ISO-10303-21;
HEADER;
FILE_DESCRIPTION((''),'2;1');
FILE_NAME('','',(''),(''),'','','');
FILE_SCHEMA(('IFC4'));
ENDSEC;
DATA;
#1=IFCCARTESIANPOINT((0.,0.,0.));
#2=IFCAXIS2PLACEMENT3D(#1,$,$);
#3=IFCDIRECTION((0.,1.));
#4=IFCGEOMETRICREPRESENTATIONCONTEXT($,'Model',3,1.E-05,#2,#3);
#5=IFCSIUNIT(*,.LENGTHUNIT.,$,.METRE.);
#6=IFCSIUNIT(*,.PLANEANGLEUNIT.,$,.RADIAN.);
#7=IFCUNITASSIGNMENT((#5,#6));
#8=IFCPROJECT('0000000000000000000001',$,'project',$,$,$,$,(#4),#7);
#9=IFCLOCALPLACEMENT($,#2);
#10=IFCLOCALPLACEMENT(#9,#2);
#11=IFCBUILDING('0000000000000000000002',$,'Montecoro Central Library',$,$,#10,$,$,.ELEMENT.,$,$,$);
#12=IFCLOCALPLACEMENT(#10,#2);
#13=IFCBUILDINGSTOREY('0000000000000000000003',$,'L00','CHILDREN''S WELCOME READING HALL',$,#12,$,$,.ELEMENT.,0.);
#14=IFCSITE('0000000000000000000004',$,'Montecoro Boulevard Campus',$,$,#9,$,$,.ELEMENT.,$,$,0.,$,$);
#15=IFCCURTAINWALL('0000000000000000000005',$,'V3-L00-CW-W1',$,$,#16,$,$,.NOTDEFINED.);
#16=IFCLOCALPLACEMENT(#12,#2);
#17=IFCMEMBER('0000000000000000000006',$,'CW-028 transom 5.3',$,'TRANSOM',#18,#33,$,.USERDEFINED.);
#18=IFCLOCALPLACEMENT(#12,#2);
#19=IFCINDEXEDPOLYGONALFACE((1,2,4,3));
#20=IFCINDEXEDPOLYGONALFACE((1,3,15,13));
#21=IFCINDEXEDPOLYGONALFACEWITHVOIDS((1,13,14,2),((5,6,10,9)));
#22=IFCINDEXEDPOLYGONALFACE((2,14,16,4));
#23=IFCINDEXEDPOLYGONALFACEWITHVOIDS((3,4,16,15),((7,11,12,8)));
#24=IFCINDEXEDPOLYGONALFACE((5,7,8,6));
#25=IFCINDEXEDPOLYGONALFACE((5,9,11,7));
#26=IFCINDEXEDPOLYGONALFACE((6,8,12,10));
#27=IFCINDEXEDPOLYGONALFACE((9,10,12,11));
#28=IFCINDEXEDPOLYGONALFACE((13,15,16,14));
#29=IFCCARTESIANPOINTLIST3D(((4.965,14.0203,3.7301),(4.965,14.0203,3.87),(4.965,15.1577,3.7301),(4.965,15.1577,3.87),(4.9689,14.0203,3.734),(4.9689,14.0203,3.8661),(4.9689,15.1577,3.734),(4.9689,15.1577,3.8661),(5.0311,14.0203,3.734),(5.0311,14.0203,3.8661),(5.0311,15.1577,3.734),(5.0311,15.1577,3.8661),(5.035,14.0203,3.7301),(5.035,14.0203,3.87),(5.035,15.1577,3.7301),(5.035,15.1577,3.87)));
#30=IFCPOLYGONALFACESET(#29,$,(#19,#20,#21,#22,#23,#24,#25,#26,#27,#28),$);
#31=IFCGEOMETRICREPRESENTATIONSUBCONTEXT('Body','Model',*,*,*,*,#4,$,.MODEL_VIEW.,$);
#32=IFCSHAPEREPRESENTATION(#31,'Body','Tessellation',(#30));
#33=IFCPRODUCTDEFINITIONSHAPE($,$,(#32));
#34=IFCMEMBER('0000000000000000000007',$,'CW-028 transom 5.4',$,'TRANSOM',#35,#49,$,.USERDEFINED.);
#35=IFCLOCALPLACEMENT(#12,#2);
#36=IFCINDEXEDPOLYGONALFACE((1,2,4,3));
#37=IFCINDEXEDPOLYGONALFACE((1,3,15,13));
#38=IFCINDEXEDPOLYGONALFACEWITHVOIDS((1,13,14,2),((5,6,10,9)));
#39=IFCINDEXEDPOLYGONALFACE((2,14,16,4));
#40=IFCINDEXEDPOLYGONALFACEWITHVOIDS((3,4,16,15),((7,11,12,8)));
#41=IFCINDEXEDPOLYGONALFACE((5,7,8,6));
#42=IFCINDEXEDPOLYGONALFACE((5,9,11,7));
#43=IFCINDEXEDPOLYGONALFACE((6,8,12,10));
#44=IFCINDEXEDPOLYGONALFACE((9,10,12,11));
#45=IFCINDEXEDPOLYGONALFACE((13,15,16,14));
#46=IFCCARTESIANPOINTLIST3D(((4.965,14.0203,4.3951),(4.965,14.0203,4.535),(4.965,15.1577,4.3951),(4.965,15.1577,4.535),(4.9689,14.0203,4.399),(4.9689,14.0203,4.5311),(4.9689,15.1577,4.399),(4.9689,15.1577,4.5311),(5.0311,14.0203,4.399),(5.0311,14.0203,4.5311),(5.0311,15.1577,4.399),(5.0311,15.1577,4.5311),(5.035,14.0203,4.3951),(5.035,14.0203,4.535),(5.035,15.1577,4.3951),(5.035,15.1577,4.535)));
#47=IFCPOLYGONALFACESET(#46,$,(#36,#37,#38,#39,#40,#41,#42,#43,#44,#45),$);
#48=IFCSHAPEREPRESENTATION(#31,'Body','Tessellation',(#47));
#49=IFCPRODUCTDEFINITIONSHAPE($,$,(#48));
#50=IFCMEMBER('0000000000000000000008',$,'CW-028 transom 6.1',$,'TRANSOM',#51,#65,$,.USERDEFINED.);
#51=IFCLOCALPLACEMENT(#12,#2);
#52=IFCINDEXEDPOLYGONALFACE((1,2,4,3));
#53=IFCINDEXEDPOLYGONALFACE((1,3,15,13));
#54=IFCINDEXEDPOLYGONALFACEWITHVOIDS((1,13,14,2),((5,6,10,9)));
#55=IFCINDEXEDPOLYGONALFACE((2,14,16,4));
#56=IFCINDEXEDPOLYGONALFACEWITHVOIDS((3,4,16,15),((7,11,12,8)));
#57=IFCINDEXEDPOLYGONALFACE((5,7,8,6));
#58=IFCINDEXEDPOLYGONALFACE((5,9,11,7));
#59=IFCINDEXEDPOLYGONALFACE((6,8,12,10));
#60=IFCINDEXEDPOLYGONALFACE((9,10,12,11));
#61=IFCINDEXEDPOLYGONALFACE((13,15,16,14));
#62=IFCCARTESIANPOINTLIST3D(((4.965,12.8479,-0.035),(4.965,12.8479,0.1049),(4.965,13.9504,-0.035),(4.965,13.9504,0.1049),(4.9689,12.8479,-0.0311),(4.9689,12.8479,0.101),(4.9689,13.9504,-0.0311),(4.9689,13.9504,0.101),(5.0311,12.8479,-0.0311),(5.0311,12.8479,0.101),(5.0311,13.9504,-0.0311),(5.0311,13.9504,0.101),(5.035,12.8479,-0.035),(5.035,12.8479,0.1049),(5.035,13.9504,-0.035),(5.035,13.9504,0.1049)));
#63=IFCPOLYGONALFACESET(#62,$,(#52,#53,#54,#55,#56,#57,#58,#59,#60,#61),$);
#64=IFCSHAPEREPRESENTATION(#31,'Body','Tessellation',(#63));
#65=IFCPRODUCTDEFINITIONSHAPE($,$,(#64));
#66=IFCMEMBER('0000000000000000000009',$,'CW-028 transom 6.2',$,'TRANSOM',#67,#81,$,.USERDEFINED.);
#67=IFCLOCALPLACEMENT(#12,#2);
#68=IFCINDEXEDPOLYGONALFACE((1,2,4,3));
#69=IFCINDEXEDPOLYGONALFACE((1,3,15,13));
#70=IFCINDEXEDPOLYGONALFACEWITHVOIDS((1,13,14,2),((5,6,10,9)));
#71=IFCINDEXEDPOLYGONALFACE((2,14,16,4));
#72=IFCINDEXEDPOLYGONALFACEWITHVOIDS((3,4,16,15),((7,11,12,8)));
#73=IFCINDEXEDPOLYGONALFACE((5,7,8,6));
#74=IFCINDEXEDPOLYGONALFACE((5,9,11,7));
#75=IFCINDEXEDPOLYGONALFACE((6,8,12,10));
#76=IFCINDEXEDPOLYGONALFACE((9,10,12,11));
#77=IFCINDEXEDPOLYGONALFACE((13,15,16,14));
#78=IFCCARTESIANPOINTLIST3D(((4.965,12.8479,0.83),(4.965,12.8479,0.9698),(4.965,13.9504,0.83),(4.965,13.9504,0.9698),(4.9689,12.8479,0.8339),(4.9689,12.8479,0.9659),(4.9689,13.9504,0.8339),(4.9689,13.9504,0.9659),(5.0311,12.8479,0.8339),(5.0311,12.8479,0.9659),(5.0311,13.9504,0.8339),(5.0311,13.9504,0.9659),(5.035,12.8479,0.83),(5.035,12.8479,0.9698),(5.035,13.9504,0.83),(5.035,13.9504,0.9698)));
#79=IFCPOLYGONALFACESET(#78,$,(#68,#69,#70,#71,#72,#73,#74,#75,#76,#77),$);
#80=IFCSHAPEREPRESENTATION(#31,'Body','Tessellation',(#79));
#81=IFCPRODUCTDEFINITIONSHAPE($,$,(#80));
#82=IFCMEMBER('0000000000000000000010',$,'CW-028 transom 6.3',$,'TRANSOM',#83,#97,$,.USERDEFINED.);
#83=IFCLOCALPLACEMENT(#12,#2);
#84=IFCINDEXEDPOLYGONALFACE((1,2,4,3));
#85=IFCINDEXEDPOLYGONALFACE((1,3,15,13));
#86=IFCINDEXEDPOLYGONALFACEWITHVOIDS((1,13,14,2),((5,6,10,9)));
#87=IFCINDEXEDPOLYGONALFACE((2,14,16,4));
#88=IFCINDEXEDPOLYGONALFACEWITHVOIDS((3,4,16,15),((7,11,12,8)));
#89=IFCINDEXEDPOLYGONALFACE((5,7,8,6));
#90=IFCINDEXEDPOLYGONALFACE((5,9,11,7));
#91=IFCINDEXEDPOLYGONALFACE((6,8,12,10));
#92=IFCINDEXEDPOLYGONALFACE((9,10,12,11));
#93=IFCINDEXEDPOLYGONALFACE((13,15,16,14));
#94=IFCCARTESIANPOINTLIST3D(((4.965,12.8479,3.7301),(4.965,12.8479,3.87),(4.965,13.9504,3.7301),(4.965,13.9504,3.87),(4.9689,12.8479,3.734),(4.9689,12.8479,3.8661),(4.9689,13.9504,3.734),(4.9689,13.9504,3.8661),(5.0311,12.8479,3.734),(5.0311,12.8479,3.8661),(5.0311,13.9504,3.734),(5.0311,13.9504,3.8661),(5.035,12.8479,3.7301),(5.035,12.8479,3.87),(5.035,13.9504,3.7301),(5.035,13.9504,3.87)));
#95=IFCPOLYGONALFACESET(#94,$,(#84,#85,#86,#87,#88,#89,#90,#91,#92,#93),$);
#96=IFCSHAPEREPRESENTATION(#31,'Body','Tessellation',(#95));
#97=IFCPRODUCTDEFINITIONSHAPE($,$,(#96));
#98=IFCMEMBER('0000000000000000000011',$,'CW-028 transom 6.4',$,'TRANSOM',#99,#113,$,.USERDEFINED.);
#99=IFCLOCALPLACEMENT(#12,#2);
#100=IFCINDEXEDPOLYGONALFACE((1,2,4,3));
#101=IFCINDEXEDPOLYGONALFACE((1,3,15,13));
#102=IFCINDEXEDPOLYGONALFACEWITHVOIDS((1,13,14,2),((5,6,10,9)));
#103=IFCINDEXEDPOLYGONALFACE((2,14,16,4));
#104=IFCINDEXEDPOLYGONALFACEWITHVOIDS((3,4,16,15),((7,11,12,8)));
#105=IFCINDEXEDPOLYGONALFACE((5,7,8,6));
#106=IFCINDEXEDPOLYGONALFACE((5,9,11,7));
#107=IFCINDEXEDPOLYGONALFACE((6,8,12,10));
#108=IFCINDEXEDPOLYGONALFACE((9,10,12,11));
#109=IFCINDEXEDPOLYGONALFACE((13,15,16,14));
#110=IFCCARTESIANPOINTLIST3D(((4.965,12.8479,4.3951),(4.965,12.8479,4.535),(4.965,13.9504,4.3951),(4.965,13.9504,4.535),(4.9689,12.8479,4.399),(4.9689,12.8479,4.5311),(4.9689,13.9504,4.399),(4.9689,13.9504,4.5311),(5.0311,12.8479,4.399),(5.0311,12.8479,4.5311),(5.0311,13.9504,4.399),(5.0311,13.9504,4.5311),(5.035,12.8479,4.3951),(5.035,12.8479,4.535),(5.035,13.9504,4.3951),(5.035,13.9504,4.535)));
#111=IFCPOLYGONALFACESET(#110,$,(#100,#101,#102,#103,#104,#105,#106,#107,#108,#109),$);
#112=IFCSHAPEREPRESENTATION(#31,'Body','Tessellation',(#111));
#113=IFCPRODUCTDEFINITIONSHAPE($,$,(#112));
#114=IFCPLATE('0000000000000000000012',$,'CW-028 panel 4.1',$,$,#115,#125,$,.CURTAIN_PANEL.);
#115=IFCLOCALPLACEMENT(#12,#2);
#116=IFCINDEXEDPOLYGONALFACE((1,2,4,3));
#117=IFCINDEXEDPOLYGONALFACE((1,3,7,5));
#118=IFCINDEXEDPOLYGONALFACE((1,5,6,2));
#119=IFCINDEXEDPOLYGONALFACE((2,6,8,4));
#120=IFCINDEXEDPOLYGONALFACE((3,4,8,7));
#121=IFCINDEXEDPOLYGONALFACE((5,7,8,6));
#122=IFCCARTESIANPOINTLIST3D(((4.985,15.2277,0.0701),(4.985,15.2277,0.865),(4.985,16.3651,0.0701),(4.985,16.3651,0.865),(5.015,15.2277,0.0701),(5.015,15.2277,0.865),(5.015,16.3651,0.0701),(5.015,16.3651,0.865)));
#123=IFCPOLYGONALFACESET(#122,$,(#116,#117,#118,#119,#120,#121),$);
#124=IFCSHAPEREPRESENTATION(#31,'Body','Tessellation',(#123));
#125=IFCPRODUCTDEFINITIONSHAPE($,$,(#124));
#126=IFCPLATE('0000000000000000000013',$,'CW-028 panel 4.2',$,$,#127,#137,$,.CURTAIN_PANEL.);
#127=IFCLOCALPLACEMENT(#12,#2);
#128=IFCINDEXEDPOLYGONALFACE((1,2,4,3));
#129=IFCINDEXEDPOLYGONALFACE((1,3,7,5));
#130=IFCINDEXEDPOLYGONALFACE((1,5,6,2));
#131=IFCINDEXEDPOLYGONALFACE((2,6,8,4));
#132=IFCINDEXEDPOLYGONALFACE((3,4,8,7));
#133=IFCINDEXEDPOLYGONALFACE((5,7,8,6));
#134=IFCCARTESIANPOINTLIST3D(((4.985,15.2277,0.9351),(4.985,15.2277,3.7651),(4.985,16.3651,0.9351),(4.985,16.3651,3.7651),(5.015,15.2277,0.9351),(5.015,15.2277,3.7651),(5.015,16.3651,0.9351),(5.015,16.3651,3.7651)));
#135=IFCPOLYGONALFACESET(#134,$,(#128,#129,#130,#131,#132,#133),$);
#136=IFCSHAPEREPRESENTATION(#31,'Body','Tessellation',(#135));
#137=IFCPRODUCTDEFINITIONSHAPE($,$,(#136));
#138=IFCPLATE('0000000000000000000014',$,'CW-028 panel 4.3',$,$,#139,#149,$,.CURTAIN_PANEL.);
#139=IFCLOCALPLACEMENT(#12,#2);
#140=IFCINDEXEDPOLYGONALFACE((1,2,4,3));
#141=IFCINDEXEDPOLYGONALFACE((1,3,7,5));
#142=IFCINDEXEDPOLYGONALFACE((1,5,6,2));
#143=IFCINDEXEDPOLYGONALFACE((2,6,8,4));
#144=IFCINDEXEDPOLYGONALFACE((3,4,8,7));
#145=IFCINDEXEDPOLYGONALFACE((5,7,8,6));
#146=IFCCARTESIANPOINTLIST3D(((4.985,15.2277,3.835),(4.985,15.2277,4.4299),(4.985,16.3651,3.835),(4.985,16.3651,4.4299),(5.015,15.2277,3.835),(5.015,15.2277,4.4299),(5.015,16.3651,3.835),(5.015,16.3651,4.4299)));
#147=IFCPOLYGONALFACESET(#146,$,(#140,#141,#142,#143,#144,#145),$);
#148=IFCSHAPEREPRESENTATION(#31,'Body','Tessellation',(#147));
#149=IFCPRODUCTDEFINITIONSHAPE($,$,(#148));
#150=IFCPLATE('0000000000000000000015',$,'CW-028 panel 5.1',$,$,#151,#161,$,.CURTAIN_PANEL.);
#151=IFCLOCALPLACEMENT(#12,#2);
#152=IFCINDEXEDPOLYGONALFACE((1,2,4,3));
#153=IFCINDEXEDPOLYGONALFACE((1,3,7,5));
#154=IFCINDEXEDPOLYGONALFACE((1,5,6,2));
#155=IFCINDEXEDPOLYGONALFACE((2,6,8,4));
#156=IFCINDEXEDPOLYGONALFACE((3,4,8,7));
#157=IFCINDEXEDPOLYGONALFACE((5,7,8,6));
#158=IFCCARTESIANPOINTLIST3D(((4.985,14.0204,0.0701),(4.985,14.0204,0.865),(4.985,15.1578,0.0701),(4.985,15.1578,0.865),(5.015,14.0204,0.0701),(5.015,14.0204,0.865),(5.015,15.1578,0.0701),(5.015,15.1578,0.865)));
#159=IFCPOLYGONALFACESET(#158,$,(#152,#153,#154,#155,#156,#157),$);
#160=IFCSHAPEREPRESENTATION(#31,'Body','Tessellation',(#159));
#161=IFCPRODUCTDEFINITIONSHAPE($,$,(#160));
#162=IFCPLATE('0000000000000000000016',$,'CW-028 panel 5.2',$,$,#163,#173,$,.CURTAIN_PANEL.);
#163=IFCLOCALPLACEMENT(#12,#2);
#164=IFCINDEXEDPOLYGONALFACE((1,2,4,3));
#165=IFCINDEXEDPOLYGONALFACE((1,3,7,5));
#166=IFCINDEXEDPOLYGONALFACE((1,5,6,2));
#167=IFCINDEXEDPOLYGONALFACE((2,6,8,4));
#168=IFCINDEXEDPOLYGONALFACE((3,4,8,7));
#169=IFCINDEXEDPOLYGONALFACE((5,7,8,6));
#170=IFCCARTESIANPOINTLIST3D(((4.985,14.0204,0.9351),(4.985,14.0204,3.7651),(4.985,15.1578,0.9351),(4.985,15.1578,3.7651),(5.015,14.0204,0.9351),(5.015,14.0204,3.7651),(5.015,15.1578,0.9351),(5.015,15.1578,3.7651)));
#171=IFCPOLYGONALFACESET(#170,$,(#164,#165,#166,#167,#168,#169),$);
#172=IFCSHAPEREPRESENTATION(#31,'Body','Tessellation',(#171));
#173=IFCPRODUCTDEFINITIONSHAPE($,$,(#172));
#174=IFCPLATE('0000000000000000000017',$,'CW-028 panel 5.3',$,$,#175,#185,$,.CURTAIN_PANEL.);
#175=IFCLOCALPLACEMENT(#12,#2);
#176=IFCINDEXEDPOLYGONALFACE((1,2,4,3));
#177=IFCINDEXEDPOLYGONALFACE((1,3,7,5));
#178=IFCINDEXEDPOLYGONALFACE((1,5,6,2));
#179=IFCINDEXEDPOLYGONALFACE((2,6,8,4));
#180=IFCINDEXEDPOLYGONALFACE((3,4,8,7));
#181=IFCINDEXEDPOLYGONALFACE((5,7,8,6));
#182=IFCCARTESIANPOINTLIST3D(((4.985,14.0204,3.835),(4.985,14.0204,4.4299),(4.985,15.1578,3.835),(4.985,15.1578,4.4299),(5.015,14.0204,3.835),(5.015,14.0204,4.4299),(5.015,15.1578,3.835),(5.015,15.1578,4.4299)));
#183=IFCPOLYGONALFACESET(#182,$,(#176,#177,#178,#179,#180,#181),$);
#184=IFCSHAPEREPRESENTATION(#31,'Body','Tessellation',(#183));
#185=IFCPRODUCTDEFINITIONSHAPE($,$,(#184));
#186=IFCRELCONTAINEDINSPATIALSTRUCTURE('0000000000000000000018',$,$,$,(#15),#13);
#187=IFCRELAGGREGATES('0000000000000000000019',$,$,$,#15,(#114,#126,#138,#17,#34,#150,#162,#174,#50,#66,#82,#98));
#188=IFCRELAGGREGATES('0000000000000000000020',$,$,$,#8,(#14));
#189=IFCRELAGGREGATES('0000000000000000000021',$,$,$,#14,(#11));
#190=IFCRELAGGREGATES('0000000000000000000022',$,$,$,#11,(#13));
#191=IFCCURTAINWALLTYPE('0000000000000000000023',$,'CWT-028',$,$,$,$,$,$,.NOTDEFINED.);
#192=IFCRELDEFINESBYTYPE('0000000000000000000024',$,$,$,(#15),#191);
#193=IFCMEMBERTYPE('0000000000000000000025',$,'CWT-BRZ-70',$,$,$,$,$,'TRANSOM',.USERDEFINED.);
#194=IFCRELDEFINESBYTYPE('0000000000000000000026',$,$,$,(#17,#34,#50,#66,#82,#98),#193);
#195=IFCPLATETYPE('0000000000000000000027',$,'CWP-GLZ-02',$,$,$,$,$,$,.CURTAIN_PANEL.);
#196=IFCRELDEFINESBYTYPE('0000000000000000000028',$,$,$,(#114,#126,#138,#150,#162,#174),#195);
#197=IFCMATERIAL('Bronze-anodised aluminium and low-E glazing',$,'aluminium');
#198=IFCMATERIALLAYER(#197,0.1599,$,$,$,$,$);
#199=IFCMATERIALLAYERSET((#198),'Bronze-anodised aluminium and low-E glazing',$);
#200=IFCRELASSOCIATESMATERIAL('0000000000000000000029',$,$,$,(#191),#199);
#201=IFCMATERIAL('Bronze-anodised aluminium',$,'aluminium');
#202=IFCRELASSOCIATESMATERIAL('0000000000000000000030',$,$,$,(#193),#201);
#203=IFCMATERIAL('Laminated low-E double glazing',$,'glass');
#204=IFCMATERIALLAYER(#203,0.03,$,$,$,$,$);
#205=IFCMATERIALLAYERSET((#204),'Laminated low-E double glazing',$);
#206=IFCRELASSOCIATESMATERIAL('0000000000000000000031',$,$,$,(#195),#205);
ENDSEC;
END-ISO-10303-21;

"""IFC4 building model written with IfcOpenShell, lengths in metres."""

from ifc_helpers import new_model, si_unit, direction, frame, origin, origin_2d, place, context, subcontext, project, spatial, rectangle, hollow_rectangle, extrude, material, layer, layer_set, material_profile, profile_set, type_object, element, aggregate, save


model = new_model("IFC4")

# Units and contexts
model_context = context("Model", 3, precision=1e-05, world=origin(), true_north=direction((0.0, 1.0)))
body_context = subcontext(model_context, "Body", "Model", "MODEL_VIEW")
ifc_project = project(units=[si_unit("LENGTHUNIT", "METRE"), si_unit("PLANEANGLEUNIT", "RADIAN")], contexts=[model_context])

# Site, building, storey
site_placement = place(None, origin())
site = spatial("IfcSite", under=ifc_project, at=site_placement, Name="Montecoro Boulevard Campus", CompositionType="ELEMENT", RefElevation=0.0)
building_placement = place(site_placement, origin())
building = spatial("IfcBuilding", under=site, at=building_placement, Name="Montecoro Central Library", CompositionType="ELEMENT")
storey_placement = place(building_placement, origin())
storey = spatial("IfcBuildingStorey", under=building, at=storey_placement, Name="L00", Description="CHILDREN'S WELCOME READING HALL", CompositionType="ELEMENT", Elevation=0.0)

# Curtain wall, members, plates
ifc_material_1 = material(Name="Bronze-anodised aluminium and low-E glazing", Category="aluminium")
ifc_layer_1 = layer(ifc_material_1, 0.1599)
ifc_layer_set_1 = layer_set([ifc_layer_1], Name="Bronze-anodised aluminium and low-E glazing")
curtain_wall_type = type_object("IfcCurtainWallType", Name="CWT-028", PredefinedType="NOTDEFINED", material=ifc_layer_set_1)
curtain_wall_placement = place(storey_placement, origin())
curtain_wall = element("IfcCurtainWall", 1, at=curtain_wall_placement, inside=storey, type_object=curtain_wall_type, Name="V3-L00-CW-W1", PredefinedType="NOTDEFINED")
ifc_material_2 = material(Name="Bronze-anodised aluminium", Category="aluminium")
ifc_material_profile_1 = material_profile(ifc_material_2, hollow_rectangle(XDim=0.0701, YDim=0.1399, WallThickness=0.0039, at=origin_2d()), Name="CWT 140x70x4.0")
ifc_profile_set_1 = profile_set([ifc_material_profile_1], Name="Bronze-anodised aluminium")
member_type_1 = type_object("IfcMemberType", Name="CWT-BRZ-70", ElementType="TRANSOM", PredefinedType="USERDEFINED", material=ifc_profile_set_1)
member_1_placement = place(storey_placement, frame((5.0, 15.1577, 3.8), z_axis=(0.0, -1.0, 0.0), x_axis=(1.0, 0.0, 0.0)))
member_1 = element("IfcMember", 2, at=member_1_placement, type_object=member_type_1, Name="CW-028 transom 5.3", ObjectType="TRANSOM", PredefinedType="USERDEFINED", context=body_context, shape_type="SweptSolid", body=[
    extrude(hollow_rectangle(XDim=0.0701, YDim=0.1399, WallThickness=0.0039, at=origin_2d()), origin(), (0.0, 0.0, 1.0), 1.1375),
])
member_2_placement = place(storey_placement, frame((5.0, 15.1577, 4.4651), z_axis=(0.0, -1.0, 0.0), x_axis=(1.0, 0.0, 0.0)))
member_2 = element("IfcMember", 3, at=member_2_placement, type_object=member_type_1, Name="CW-028 transom 5.4", ObjectType="TRANSOM", PredefinedType="USERDEFINED", context=body_context, shape_type="SweptSolid", body=[
    extrude(hollow_rectangle(XDim=0.0701, YDim=0.1399, WallThickness=0.0039, at=origin_2d()), origin(), (0.0, 0.0, 1.0), 1.1375),
])
member_3_placement = place(storey_placement, frame((5.0, 13.9504, 0.0349), z_axis=(0.0, -1.0, 0.0), x_axis=(1.0, 0.0, 0.0)))
member_3 = element("IfcMember", 4, at=member_3_placement, type_object=member_type_1, Name="CW-028 transom 6.1", ObjectType="TRANSOM", PredefinedType="USERDEFINED", context=body_context, shape_type="SweptSolid", body=[
    extrude(hollow_rectangle(XDim=0.0701, YDim=0.1399, WallThickness=0.0039, at=origin_2d()), origin(), (0.0, 0.0, 1.0), 1.1025),
])
member_4_placement = place(storey_placement, frame((5.0, 13.9504, 0.8999), z_axis=(0.0, -1.0, 0.0), x_axis=(1.0, 0.0, 0.0)))
member_4 = element("IfcMember", 5, at=member_4_placement, type_object=member_type_1, Name="CW-028 transom 6.2", ObjectType="TRANSOM", PredefinedType="USERDEFINED", context=body_context, shape_type="SweptSolid", body=[
    extrude(hollow_rectangle(XDim=0.0701, YDim=0.1399, WallThickness=0.0039, at=origin_2d()), origin(), (0.0, 0.0, 1.0), 1.1025),
])
member_5_placement = place(storey_placement, frame((5.0, 13.9504, 3.8), z_axis=(0.0, -1.0, 0.0), x_axis=(1.0, 0.0, 0.0)))
member_5 = element("IfcMember", 6, at=member_5_placement, type_object=member_type_1, Name="CW-028 transom 6.3", ObjectType="TRANSOM", PredefinedType="USERDEFINED", context=body_context, shape_type="SweptSolid", body=[
    extrude(hollow_rectangle(XDim=0.0701, YDim=0.1399, WallThickness=0.0039, at=origin_2d()), origin(), (0.0, 0.0, 1.0), 1.1025),
])
member_6_placement = place(storey_placement, frame((5.0, 13.9504, 4.4651), z_axis=(0.0, -1.0, 0.0), x_axis=(1.0, 0.0, 0.0)))
member_6 = element("IfcMember", 7, at=member_6_placement, type_object=member_type_1, Name="CW-028 transom 6.4", ObjectType="TRANSOM", PredefinedType="USERDEFINED", context=body_context, shape_type="SweptSolid", body=[
    extrude(hollow_rectangle(XDim=0.0701, YDim=0.1399, WallThickness=0.0039, at=origin_2d()), origin(), (0.0, 0.0, 1.0), 1.1025),
])
ifc_material_3 = material(Name="Laminated low-E double glazing", Category="glass")
ifc_layer_2 = layer(ifc_material_3, 0.03)
ifc_layer_set_2 = layer_set([ifc_layer_2], Name="Laminated low-E double glazing")
plate_type = type_object("IfcPlateType", Name="CWP-GLZ-02", PredefinedType="CURTAIN_PANEL", material=ifc_layer_set_2)
plate_1_placement = place(storey_placement, frame((5.0, 15.7964, 0.0701), z_axis=(0.0, 0.0, 1.0), x_axis=(0.0, -1.0, 0.0)))
plate_1 = element("IfcPlate", 8, at=plate_1_placement, type_object=plate_type, Name="CW-028 panel 4.1", PredefinedType="CURTAIN_PANEL", context=body_context, shape_type="SweptSolid", body=[
    extrude(rectangle(XDim=1.1375, YDim=0.03, at=origin_2d()), origin(), (0.0, 0.0, 1.0), 0.7949),
])
plate_2_placement = place(storey_placement, frame((5.0, 15.7964, 0.9351), z_axis=(0.0, 0.0, 1.0), x_axis=(0.0, -1.0, 0.0)))
plate_2 = element("IfcPlate", 9, at=plate_2_placement, type_object=plate_type, Name="CW-028 panel 4.2", PredefinedType="CURTAIN_PANEL", context=body_context, shape_type="SweptSolid", body=[
    extrude(rectangle(XDim=1.1375, YDim=0.03, at=origin_2d()), origin(), (0.0, 0.0, 1.0), 2.8301),
])
plate_3_placement = place(storey_placement, frame((5.0, 15.7964, 3.835), z_axis=(0.0, 0.0, 1.0), x_axis=(0.0, -1.0, 0.0)))
plate_3 = element("IfcPlate", 10, at=plate_3_placement, type_object=plate_type, Name="CW-028 panel 4.3", PredefinedType="CURTAIN_PANEL", context=body_context, shape_type="SweptSolid", body=[
    extrude(rectangle(XDim=1.1375, YDim=0.03, at=origin_2d()), origin(), (0.0, 0.0, 1.0), 0.595),
])
plate_4_placement = place(storey_placement, frame((5.0, 14.5891, 0.0701), z_axis=(0.0, 0.0, 1.0), x_axis=(0.0, -1.0, 0.0)))
plate_4 = element("IfcPlate", 11, at=plate_4_placement, type_object=plate_type, Name="CW-028 panel 5.1", PredefinedType="CURTAIN_PANEL", context=body_context, shape_type="SweptSolid", body=[
    extrude(rectangle(XDim=1.1375, YDim=0.03, at=origin_2d()), origin(), (0.0, 0.0, 1.0), 0.7949),
])
plate_5_placement = place(storey_placement, frame((5.0, 14.5891, 0.9351), z_axis=(0.0, 0.0, 1.0), x_axis=(0.0, -1.0, 0.0)))
plate_5 = element("IfcPlate", 12, at=plate_5_placement, type_object=plate_type, Name="CW-028 panel 5.2", PredefinedType="CURTAIN_PANEL", context=body_context, shape_type="SweptSolid", body=[
    extrude(rectangle(XDim=1.1375, YDim=0.03, at=origin_2d()), origin(), (0.0, 0.0, 1.0), 2.8301),
])
plate_6_placement = place(storey_placement, frame((5.0, 14.5891, 3.835), z_axis=(0.0, 0.0, 1.0), x_axis=(0.0, -1.0, 0.0)))
plate_6 = element("IfcPlate", 13, at=plate_6_placement, type_object=plate_type, Name="CW-028 panel 5.3", PredefinedType="CURTAIN_PANEL", context=body_context, shape_type="SweptSolid", body=[
    extrude(rectangle(XDim=1.1375, YDim=0.03, at=origin_2d()), origin(), (0.0, 0.0, 1.0), 0.595),
])
aggregate(curtain_wall, [plate_1, plate_2, plate_3, member_1, member_2, plate_4, plate_5, plate_6, member_3, member_4, member_5, member_6])

save(model, "model.ifc")
